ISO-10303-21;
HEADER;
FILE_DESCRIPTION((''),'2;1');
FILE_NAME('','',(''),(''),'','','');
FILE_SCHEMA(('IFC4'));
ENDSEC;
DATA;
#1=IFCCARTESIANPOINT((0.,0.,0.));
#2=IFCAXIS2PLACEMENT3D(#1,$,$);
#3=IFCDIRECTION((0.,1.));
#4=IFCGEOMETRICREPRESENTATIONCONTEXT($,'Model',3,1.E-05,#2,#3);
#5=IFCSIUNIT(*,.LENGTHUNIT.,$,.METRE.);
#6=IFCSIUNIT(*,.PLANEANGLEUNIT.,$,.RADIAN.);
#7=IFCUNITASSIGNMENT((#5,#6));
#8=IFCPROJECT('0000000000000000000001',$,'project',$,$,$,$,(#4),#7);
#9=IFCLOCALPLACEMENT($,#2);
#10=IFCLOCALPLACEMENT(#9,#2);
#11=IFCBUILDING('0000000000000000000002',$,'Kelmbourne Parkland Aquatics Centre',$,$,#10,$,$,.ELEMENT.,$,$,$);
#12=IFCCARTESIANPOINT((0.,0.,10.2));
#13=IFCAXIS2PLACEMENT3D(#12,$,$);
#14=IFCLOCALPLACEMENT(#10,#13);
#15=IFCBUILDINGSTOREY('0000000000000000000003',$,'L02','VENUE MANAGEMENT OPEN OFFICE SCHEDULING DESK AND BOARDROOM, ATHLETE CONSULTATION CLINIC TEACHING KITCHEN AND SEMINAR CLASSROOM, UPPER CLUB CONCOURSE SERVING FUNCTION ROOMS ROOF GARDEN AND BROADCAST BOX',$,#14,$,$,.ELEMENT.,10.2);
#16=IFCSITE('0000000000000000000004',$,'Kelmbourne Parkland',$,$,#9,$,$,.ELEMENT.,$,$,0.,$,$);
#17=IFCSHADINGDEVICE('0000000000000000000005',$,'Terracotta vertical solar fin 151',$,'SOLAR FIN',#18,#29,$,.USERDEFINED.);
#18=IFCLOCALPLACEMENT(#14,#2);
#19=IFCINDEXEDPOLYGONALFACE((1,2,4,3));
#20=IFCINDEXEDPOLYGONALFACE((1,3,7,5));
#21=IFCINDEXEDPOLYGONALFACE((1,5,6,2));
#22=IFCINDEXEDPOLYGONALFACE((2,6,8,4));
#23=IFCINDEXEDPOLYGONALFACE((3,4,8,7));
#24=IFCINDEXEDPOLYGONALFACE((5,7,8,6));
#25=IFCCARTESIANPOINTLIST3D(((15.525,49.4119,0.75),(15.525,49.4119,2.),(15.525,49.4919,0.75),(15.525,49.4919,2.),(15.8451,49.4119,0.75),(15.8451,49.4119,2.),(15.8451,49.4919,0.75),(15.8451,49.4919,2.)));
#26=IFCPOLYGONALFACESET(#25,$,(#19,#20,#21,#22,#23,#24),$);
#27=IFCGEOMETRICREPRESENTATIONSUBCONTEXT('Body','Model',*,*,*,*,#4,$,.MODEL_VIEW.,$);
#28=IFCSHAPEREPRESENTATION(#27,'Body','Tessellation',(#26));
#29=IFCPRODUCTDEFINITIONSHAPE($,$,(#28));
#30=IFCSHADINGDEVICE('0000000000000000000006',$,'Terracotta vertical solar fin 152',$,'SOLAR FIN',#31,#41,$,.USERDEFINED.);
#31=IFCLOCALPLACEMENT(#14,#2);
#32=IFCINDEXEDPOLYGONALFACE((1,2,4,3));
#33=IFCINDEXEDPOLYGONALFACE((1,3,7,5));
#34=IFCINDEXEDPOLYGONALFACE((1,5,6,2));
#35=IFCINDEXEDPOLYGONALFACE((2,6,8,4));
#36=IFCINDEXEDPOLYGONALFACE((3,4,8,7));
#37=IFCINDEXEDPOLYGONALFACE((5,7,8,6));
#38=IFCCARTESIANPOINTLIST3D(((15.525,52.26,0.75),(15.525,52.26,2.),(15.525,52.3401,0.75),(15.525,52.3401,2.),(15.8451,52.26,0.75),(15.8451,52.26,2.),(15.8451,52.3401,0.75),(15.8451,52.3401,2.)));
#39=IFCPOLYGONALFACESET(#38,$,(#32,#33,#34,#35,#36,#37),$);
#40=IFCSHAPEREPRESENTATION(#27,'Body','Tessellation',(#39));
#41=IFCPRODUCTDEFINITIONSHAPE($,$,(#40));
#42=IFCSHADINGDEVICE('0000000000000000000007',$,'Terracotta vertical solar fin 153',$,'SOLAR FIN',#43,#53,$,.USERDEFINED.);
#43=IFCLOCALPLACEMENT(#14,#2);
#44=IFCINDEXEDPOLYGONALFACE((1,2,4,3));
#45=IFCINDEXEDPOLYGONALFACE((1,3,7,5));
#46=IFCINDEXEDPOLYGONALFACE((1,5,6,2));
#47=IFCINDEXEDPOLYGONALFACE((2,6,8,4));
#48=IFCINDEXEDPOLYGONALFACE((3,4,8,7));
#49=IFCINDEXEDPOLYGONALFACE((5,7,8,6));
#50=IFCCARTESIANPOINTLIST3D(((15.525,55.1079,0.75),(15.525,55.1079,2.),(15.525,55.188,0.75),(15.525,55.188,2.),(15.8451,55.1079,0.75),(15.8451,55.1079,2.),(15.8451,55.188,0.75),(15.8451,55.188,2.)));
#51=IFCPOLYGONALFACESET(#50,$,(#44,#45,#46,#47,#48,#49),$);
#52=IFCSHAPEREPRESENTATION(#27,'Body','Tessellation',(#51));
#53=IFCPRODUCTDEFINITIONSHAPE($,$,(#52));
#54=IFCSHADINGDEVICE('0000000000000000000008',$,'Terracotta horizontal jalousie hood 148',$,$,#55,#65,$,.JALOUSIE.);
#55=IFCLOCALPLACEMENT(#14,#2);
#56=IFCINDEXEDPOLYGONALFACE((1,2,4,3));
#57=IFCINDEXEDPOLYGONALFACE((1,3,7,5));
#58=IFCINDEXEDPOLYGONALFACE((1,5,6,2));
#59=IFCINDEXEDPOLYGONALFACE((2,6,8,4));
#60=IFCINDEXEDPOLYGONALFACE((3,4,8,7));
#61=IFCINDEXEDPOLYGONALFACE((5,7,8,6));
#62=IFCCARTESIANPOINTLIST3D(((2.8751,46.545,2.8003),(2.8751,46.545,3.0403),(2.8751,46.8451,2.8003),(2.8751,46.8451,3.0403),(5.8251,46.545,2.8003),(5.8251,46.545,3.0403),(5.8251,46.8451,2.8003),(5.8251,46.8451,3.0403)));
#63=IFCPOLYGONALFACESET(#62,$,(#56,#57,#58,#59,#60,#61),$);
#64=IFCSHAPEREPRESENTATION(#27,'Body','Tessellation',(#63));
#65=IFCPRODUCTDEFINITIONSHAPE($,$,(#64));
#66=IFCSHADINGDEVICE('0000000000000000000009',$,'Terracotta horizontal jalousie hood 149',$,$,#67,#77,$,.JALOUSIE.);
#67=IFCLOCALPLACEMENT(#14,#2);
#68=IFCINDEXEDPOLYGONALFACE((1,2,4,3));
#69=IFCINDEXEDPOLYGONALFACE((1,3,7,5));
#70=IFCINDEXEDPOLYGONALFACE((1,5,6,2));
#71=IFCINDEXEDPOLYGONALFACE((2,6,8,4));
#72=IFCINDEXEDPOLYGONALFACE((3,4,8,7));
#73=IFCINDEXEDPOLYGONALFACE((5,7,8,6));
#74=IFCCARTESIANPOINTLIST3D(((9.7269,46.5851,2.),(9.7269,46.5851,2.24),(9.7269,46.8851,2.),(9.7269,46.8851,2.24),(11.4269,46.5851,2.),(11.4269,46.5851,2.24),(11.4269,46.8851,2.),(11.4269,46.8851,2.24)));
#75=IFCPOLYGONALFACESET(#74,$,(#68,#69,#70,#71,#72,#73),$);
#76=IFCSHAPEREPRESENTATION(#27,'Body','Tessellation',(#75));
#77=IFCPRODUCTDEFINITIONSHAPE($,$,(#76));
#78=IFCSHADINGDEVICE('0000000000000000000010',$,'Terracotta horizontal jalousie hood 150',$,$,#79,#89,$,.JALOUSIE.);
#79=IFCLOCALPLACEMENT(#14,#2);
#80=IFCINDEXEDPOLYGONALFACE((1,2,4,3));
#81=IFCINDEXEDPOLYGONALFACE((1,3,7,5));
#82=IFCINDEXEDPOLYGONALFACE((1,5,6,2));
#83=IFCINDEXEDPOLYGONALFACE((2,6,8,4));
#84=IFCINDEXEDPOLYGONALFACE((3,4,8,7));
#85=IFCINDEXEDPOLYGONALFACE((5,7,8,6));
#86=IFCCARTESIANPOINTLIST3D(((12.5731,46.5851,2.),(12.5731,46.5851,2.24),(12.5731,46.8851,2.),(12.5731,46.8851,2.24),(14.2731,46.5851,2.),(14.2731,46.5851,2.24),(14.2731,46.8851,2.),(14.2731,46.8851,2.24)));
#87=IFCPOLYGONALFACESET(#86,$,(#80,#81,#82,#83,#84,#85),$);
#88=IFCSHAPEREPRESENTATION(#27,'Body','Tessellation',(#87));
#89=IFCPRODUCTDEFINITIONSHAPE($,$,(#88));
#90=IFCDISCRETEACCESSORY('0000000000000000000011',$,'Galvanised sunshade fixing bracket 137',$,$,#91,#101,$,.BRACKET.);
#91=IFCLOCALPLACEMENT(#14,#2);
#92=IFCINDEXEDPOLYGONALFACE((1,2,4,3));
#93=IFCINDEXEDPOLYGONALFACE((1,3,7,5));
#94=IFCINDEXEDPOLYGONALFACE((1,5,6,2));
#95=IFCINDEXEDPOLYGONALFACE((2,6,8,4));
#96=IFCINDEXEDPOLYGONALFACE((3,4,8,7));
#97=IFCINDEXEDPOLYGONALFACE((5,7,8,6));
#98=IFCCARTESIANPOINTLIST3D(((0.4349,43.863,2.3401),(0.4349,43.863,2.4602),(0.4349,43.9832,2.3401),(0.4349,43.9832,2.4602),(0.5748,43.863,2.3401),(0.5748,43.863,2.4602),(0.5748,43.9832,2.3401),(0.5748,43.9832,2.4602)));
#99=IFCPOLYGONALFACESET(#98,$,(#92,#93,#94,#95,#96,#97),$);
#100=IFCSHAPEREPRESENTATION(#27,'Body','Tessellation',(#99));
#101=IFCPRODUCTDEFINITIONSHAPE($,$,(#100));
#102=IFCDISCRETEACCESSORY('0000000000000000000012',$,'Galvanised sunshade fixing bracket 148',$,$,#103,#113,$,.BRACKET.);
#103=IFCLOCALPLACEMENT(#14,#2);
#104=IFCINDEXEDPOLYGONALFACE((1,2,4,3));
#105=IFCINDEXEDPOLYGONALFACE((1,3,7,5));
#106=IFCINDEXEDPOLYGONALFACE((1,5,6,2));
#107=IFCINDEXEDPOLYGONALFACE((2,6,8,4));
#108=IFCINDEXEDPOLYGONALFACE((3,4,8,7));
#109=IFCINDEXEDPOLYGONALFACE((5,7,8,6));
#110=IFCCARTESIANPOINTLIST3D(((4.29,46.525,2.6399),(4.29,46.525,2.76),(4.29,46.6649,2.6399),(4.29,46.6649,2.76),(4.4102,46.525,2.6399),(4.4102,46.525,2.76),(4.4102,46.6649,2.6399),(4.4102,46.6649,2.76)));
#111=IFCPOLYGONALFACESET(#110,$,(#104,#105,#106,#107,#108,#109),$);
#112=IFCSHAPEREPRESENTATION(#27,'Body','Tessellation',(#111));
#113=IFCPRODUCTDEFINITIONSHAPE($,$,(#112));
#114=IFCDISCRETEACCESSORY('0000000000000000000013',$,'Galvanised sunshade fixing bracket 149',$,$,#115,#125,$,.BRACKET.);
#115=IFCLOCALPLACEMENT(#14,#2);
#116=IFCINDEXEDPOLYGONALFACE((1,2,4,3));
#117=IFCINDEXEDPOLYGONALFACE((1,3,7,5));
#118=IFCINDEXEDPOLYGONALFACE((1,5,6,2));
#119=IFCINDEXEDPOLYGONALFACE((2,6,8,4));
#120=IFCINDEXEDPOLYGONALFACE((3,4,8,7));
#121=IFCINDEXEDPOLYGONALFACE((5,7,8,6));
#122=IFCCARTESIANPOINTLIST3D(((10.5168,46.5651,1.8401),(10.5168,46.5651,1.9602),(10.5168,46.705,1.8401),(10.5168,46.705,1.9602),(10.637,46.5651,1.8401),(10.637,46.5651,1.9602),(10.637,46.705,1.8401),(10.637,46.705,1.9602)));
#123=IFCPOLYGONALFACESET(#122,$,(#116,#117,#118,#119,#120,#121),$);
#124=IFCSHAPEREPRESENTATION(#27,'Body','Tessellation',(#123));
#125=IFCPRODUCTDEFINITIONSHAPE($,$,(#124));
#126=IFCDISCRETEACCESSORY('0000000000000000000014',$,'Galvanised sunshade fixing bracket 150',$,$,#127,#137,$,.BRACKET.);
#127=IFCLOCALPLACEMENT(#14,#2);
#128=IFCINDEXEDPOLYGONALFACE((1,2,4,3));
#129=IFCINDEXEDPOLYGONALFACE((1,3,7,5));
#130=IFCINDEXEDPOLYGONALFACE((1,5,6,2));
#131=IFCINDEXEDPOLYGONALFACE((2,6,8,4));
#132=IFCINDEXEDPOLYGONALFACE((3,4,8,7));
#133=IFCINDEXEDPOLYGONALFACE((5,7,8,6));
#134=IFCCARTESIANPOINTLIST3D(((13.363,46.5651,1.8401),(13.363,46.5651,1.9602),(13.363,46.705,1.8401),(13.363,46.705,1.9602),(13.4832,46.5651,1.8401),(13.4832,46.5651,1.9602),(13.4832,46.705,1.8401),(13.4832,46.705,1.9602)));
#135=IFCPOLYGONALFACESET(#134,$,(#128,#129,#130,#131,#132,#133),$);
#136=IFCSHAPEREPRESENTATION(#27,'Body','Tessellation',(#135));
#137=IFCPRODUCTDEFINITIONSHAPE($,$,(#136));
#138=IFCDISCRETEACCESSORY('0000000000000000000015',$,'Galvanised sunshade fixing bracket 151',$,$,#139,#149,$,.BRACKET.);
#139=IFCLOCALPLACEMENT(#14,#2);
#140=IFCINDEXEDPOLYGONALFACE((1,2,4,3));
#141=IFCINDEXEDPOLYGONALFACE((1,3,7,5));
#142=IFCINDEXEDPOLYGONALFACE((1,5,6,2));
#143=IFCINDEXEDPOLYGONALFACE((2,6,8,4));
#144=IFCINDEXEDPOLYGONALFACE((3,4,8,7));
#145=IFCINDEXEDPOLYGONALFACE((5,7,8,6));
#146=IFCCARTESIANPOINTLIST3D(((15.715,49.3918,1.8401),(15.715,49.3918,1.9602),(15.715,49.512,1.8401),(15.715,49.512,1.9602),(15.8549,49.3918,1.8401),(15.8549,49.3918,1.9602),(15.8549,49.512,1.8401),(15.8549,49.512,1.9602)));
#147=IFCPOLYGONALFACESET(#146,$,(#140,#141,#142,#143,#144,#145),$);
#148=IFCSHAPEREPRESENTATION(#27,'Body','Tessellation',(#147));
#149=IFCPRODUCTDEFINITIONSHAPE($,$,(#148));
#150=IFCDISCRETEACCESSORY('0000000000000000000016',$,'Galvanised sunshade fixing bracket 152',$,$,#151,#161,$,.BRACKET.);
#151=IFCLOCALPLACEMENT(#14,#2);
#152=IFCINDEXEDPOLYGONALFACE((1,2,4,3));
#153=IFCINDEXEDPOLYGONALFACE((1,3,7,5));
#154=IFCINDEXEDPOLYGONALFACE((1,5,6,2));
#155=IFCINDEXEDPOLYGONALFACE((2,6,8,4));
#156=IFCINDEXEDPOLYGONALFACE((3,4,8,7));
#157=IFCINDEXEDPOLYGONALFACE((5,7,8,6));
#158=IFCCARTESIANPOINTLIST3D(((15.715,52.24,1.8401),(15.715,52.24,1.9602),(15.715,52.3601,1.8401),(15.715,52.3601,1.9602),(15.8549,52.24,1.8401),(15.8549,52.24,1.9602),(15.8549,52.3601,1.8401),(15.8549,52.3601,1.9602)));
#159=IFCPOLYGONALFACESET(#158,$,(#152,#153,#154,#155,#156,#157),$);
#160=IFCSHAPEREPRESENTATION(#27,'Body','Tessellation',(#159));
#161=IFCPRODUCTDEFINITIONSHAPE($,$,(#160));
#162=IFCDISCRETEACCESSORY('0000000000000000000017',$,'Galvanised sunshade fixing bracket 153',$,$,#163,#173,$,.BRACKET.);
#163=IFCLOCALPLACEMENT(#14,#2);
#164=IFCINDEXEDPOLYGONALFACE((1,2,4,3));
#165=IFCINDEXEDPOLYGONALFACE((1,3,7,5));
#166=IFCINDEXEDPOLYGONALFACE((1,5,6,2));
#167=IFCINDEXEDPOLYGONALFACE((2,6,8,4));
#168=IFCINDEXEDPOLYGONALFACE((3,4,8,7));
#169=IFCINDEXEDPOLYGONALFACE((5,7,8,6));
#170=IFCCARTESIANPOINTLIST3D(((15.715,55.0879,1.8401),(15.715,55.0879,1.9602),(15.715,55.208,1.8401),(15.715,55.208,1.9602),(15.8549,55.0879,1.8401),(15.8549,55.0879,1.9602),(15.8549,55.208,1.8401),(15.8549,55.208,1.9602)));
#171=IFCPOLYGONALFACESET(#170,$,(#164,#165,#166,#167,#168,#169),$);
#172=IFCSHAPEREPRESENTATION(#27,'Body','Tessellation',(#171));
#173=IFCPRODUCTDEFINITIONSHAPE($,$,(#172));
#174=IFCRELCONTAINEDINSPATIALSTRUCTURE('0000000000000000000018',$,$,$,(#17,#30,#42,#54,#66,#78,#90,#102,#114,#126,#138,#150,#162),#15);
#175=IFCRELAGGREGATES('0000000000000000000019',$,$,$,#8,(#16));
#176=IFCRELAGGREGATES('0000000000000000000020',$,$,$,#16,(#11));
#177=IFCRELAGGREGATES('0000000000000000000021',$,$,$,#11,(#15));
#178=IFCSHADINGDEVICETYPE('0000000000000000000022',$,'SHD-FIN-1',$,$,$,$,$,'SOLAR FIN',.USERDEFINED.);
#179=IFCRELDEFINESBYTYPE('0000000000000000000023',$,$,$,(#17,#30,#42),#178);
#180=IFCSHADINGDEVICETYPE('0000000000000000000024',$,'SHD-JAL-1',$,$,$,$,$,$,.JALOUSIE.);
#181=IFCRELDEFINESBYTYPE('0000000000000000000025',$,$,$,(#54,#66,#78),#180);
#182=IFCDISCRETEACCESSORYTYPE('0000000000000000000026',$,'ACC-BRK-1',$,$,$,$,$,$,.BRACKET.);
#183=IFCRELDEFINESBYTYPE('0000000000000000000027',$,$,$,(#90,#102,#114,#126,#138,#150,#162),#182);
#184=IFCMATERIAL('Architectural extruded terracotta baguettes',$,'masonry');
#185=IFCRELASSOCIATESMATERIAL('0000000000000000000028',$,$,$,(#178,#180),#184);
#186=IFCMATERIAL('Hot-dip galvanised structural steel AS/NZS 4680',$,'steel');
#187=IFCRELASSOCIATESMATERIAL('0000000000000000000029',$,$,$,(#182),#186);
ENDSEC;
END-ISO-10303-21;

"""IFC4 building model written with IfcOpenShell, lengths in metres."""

from ifc_helpers import new_model, si_unit, direction, frame, origin, origin_2d, place, context, subcontext, project, spatial, rectangle, extrude, material, type_object, element, save


model = new_model("IFC4")

# Units and contexts
model_context = context("Model", 3, precision=1e-05, world=origin(), true_north=direction((0.0, 1.0)))
body_context = subcontext(model_context, "Body", "Model", "MODEL_VIEW")
ifc_project = project(units=[si_unit("LENGTHUNIT", "METRE"), si_unit("PLANEANGLEUNIT", "RADIAN")], contexts=[model_context])

# Site, building, storey
site_placement = place(None, origin())
site = spatial("IfcSite", under=ifc_project, at=site_placement, Name="Kelmbourne Parkland", CompositionType="ELEMENT", RefElevation=0.0)
building_placement = place(site_placement, origin())
building = spatial("IfcBuilding", under=site, at=building_placement, Name="Kelmbourne Parkland Aquatics Centre", CompositionType="ELEMENT")
storey_placement = place(building_placement, frame((0.0, 0.0, 10.2)))
storey = spatial("IfcBuildingStorey", under=building, at=storey_placement, Name="L02", Description="VENUE MANAGEMENT OPEN OFFICE SCHEDULING DESK AND BOARDROOM, ATHLETE CONSULTATION CLINIC TEACHING KITCHEN AND SEMINAR CLASSROOM, UPPER CLUB CONCOURSE SERVING FUNCTION ROOMS ROOF GARDEN AND BROADCAST BOX", CompositionType="ELEMENT", Elevation=10.2)

# Shading devices
ifc_material_1 = material(Name="Architectural extruded terracotta baguettes", Category="masonry")
shading_device_type_1 = type_object("IfcShadingDeviceType", Name="SHD-FIN-1", ElementType="SOLAR FIN", PredefinedType="USERDEFINED", material=ifc_material_1)
for number, where, z_axis, x_axis, name in (
    (1, (15.6851, 49.4519, 0.75), (0.0, 0.0, 1.0), (0.0, 1.0, 0.0), "Terracotta vertical solar fin 151"),
    (2, (15.6851, 52.3, 0.75), (0.0, 0.0, 1.0), (0.0, 1.0, 0.0), "Terracotta vertical solar fin 152"),
    (3, (15.6851, 55.1479, 0.75), (0.0, 0.0, 1.0), (0.0, 1.0, 0.0), "Terracotta vertical solar fin 153"),
):
    element("IfcShadingDevice", number, at=place(storey_placement, frame(where, z_axis=z_axis, x_axis=x_axis)), inside=storey, type_object=shading_device_type_1, Name=name, ObjectType="SOLAR FIN", PredefinedType="USERDEFINED", context=body_context, shape_type="SweptSolid", body=[
        extrude(rectangle(XDim=0.0801, YDim=0.3201, at=origin_2d()), origin(), (0.0, 0.0, 1.0), 1.25),
    ])
shading_device_type_2 = type_object("IfcShadingDeviceType", Name="SHD-JAL-1", PredefinedType="JALOUSIE", material=ifc_material_1)
shading_device_1_placement = place(storey_placement, frame((4.3501, 46.6951, 2.8003), z_axis=(0.0, 0.0, 1.0), x_axis=(1.0, 0.0, 0.0)))
element("IfcShadingDevice", 4, at=shading_device_1_placement, inside=storey, type_object=shading_device_type_2, Name="Terracotta horizontal jalousie hood 148", PredefinedType="JALOUSIE", context=body_context, shape_type="SweptSolid", body=[
    extrude(rectangle(XDim=2.95, YDim=0.3, at=origin_2d()), origin(), (0.0, 0.0, 1.0), 0.24),
])
for number, where, z_axis, x_axis, name in (
    (5, (10.5769, 46.7351, 2.0), (0.0, 0.0, 1.0), (1.0, 0.0, 0.0), "Terracotta horizontal jalousie hood 149"),
    (6, (13.4231, 46.7351, 2.0), (0.0, 0.0, 1.0), (1.0, 0.0, 0.0), "Terracotta horizontal jalousie hood 150"),
):
    element("IfcShadingDevice", number, at=place(storey_placement, frame(where, z_axis=z_axis, x_axis=x_axis)), inside=storey, type_object=shading_device_type_2, Name=name, PredefinedType="JALOUSIE", context=body_context, shape_type="SweptSolid", body=[
        extrude(rectangle(XDim=1.7, YDim=0.3, at=origin_2d()), origin(), (0.0, 0.0, 1.0), 0.24),
    ])

# Discrete accessories
ifc_material_2 = material(Name="Hot-dip galvanised structural steel AS/NZS 4680", Category="steel")
discrete_accessory_type = type_object("IfcDiscreteAccessoryType", Name="ACC-BRK-1", PredefinedType="BRACKET", material=ifc_material_2)
for number, where, z_axis, x_axis, name in (
    (7, (0.5049, 43.9231, 2.3401), (0.0, 0.0, 1.0), (0.0, 1.0, 0.0), "Galvanised sunshade fixing bracket 137"),
    (8, (4.3501, 46.595, 2.6399), (0.0, 0.0, 1.0), (1.0, 0.0, 0.0), "Galvanised sunshade fixing bracket 148"),
    (9, (10.5769, 46.635, 1.8401), (0.0, 0.0, 1.0), (1.0, 0.0, 0.0), "Galvanised sunshade fixing bracket 149"),
    (10, (13.4231, 46.635, 1.8401), (0.0, 0.0, 1.0), (1.0, 0.0, 0.0), "Galvanised sunshade fixing bracket 150"),
    (11, (15.7849, 49.4519, 1.8401), (0.0, 0.0, 1.0), (0.0, 1.0, 0.0), "Galvanised sunshade fixing bracket 151"),
    (12, (15.7849, 52.3, 1.8401), (0.0, 0.0, 1.0), (0.0, 1.0, 0.0), "Galvanised sunshade fixing bracket 152"),
    (13, (15.7849, 55.1479, 1.8401), (0.0, 0.0, 1.0), (0.0, 1.0, 0.0), "Galvanised sunshade fixing bracket 153"),
):
    element("IfcDiscreteAccessory", number, at=place(storey_placement, frame(where, z_axis=z_axis, x_axis=x_axis)), inside=storey, type_object=discrete_accessory_type, Name=name, PredefinedType="BRACKET", context=body_context, shape_type="SweptSolid", body=[
        extrude(rectangle(XDim=0.1201, YDim=0.1399, at=origin_2d()), origin(), (0.0, 0.0, 1.0), 0.1201),
    ])

save(model, "model.ifc")
